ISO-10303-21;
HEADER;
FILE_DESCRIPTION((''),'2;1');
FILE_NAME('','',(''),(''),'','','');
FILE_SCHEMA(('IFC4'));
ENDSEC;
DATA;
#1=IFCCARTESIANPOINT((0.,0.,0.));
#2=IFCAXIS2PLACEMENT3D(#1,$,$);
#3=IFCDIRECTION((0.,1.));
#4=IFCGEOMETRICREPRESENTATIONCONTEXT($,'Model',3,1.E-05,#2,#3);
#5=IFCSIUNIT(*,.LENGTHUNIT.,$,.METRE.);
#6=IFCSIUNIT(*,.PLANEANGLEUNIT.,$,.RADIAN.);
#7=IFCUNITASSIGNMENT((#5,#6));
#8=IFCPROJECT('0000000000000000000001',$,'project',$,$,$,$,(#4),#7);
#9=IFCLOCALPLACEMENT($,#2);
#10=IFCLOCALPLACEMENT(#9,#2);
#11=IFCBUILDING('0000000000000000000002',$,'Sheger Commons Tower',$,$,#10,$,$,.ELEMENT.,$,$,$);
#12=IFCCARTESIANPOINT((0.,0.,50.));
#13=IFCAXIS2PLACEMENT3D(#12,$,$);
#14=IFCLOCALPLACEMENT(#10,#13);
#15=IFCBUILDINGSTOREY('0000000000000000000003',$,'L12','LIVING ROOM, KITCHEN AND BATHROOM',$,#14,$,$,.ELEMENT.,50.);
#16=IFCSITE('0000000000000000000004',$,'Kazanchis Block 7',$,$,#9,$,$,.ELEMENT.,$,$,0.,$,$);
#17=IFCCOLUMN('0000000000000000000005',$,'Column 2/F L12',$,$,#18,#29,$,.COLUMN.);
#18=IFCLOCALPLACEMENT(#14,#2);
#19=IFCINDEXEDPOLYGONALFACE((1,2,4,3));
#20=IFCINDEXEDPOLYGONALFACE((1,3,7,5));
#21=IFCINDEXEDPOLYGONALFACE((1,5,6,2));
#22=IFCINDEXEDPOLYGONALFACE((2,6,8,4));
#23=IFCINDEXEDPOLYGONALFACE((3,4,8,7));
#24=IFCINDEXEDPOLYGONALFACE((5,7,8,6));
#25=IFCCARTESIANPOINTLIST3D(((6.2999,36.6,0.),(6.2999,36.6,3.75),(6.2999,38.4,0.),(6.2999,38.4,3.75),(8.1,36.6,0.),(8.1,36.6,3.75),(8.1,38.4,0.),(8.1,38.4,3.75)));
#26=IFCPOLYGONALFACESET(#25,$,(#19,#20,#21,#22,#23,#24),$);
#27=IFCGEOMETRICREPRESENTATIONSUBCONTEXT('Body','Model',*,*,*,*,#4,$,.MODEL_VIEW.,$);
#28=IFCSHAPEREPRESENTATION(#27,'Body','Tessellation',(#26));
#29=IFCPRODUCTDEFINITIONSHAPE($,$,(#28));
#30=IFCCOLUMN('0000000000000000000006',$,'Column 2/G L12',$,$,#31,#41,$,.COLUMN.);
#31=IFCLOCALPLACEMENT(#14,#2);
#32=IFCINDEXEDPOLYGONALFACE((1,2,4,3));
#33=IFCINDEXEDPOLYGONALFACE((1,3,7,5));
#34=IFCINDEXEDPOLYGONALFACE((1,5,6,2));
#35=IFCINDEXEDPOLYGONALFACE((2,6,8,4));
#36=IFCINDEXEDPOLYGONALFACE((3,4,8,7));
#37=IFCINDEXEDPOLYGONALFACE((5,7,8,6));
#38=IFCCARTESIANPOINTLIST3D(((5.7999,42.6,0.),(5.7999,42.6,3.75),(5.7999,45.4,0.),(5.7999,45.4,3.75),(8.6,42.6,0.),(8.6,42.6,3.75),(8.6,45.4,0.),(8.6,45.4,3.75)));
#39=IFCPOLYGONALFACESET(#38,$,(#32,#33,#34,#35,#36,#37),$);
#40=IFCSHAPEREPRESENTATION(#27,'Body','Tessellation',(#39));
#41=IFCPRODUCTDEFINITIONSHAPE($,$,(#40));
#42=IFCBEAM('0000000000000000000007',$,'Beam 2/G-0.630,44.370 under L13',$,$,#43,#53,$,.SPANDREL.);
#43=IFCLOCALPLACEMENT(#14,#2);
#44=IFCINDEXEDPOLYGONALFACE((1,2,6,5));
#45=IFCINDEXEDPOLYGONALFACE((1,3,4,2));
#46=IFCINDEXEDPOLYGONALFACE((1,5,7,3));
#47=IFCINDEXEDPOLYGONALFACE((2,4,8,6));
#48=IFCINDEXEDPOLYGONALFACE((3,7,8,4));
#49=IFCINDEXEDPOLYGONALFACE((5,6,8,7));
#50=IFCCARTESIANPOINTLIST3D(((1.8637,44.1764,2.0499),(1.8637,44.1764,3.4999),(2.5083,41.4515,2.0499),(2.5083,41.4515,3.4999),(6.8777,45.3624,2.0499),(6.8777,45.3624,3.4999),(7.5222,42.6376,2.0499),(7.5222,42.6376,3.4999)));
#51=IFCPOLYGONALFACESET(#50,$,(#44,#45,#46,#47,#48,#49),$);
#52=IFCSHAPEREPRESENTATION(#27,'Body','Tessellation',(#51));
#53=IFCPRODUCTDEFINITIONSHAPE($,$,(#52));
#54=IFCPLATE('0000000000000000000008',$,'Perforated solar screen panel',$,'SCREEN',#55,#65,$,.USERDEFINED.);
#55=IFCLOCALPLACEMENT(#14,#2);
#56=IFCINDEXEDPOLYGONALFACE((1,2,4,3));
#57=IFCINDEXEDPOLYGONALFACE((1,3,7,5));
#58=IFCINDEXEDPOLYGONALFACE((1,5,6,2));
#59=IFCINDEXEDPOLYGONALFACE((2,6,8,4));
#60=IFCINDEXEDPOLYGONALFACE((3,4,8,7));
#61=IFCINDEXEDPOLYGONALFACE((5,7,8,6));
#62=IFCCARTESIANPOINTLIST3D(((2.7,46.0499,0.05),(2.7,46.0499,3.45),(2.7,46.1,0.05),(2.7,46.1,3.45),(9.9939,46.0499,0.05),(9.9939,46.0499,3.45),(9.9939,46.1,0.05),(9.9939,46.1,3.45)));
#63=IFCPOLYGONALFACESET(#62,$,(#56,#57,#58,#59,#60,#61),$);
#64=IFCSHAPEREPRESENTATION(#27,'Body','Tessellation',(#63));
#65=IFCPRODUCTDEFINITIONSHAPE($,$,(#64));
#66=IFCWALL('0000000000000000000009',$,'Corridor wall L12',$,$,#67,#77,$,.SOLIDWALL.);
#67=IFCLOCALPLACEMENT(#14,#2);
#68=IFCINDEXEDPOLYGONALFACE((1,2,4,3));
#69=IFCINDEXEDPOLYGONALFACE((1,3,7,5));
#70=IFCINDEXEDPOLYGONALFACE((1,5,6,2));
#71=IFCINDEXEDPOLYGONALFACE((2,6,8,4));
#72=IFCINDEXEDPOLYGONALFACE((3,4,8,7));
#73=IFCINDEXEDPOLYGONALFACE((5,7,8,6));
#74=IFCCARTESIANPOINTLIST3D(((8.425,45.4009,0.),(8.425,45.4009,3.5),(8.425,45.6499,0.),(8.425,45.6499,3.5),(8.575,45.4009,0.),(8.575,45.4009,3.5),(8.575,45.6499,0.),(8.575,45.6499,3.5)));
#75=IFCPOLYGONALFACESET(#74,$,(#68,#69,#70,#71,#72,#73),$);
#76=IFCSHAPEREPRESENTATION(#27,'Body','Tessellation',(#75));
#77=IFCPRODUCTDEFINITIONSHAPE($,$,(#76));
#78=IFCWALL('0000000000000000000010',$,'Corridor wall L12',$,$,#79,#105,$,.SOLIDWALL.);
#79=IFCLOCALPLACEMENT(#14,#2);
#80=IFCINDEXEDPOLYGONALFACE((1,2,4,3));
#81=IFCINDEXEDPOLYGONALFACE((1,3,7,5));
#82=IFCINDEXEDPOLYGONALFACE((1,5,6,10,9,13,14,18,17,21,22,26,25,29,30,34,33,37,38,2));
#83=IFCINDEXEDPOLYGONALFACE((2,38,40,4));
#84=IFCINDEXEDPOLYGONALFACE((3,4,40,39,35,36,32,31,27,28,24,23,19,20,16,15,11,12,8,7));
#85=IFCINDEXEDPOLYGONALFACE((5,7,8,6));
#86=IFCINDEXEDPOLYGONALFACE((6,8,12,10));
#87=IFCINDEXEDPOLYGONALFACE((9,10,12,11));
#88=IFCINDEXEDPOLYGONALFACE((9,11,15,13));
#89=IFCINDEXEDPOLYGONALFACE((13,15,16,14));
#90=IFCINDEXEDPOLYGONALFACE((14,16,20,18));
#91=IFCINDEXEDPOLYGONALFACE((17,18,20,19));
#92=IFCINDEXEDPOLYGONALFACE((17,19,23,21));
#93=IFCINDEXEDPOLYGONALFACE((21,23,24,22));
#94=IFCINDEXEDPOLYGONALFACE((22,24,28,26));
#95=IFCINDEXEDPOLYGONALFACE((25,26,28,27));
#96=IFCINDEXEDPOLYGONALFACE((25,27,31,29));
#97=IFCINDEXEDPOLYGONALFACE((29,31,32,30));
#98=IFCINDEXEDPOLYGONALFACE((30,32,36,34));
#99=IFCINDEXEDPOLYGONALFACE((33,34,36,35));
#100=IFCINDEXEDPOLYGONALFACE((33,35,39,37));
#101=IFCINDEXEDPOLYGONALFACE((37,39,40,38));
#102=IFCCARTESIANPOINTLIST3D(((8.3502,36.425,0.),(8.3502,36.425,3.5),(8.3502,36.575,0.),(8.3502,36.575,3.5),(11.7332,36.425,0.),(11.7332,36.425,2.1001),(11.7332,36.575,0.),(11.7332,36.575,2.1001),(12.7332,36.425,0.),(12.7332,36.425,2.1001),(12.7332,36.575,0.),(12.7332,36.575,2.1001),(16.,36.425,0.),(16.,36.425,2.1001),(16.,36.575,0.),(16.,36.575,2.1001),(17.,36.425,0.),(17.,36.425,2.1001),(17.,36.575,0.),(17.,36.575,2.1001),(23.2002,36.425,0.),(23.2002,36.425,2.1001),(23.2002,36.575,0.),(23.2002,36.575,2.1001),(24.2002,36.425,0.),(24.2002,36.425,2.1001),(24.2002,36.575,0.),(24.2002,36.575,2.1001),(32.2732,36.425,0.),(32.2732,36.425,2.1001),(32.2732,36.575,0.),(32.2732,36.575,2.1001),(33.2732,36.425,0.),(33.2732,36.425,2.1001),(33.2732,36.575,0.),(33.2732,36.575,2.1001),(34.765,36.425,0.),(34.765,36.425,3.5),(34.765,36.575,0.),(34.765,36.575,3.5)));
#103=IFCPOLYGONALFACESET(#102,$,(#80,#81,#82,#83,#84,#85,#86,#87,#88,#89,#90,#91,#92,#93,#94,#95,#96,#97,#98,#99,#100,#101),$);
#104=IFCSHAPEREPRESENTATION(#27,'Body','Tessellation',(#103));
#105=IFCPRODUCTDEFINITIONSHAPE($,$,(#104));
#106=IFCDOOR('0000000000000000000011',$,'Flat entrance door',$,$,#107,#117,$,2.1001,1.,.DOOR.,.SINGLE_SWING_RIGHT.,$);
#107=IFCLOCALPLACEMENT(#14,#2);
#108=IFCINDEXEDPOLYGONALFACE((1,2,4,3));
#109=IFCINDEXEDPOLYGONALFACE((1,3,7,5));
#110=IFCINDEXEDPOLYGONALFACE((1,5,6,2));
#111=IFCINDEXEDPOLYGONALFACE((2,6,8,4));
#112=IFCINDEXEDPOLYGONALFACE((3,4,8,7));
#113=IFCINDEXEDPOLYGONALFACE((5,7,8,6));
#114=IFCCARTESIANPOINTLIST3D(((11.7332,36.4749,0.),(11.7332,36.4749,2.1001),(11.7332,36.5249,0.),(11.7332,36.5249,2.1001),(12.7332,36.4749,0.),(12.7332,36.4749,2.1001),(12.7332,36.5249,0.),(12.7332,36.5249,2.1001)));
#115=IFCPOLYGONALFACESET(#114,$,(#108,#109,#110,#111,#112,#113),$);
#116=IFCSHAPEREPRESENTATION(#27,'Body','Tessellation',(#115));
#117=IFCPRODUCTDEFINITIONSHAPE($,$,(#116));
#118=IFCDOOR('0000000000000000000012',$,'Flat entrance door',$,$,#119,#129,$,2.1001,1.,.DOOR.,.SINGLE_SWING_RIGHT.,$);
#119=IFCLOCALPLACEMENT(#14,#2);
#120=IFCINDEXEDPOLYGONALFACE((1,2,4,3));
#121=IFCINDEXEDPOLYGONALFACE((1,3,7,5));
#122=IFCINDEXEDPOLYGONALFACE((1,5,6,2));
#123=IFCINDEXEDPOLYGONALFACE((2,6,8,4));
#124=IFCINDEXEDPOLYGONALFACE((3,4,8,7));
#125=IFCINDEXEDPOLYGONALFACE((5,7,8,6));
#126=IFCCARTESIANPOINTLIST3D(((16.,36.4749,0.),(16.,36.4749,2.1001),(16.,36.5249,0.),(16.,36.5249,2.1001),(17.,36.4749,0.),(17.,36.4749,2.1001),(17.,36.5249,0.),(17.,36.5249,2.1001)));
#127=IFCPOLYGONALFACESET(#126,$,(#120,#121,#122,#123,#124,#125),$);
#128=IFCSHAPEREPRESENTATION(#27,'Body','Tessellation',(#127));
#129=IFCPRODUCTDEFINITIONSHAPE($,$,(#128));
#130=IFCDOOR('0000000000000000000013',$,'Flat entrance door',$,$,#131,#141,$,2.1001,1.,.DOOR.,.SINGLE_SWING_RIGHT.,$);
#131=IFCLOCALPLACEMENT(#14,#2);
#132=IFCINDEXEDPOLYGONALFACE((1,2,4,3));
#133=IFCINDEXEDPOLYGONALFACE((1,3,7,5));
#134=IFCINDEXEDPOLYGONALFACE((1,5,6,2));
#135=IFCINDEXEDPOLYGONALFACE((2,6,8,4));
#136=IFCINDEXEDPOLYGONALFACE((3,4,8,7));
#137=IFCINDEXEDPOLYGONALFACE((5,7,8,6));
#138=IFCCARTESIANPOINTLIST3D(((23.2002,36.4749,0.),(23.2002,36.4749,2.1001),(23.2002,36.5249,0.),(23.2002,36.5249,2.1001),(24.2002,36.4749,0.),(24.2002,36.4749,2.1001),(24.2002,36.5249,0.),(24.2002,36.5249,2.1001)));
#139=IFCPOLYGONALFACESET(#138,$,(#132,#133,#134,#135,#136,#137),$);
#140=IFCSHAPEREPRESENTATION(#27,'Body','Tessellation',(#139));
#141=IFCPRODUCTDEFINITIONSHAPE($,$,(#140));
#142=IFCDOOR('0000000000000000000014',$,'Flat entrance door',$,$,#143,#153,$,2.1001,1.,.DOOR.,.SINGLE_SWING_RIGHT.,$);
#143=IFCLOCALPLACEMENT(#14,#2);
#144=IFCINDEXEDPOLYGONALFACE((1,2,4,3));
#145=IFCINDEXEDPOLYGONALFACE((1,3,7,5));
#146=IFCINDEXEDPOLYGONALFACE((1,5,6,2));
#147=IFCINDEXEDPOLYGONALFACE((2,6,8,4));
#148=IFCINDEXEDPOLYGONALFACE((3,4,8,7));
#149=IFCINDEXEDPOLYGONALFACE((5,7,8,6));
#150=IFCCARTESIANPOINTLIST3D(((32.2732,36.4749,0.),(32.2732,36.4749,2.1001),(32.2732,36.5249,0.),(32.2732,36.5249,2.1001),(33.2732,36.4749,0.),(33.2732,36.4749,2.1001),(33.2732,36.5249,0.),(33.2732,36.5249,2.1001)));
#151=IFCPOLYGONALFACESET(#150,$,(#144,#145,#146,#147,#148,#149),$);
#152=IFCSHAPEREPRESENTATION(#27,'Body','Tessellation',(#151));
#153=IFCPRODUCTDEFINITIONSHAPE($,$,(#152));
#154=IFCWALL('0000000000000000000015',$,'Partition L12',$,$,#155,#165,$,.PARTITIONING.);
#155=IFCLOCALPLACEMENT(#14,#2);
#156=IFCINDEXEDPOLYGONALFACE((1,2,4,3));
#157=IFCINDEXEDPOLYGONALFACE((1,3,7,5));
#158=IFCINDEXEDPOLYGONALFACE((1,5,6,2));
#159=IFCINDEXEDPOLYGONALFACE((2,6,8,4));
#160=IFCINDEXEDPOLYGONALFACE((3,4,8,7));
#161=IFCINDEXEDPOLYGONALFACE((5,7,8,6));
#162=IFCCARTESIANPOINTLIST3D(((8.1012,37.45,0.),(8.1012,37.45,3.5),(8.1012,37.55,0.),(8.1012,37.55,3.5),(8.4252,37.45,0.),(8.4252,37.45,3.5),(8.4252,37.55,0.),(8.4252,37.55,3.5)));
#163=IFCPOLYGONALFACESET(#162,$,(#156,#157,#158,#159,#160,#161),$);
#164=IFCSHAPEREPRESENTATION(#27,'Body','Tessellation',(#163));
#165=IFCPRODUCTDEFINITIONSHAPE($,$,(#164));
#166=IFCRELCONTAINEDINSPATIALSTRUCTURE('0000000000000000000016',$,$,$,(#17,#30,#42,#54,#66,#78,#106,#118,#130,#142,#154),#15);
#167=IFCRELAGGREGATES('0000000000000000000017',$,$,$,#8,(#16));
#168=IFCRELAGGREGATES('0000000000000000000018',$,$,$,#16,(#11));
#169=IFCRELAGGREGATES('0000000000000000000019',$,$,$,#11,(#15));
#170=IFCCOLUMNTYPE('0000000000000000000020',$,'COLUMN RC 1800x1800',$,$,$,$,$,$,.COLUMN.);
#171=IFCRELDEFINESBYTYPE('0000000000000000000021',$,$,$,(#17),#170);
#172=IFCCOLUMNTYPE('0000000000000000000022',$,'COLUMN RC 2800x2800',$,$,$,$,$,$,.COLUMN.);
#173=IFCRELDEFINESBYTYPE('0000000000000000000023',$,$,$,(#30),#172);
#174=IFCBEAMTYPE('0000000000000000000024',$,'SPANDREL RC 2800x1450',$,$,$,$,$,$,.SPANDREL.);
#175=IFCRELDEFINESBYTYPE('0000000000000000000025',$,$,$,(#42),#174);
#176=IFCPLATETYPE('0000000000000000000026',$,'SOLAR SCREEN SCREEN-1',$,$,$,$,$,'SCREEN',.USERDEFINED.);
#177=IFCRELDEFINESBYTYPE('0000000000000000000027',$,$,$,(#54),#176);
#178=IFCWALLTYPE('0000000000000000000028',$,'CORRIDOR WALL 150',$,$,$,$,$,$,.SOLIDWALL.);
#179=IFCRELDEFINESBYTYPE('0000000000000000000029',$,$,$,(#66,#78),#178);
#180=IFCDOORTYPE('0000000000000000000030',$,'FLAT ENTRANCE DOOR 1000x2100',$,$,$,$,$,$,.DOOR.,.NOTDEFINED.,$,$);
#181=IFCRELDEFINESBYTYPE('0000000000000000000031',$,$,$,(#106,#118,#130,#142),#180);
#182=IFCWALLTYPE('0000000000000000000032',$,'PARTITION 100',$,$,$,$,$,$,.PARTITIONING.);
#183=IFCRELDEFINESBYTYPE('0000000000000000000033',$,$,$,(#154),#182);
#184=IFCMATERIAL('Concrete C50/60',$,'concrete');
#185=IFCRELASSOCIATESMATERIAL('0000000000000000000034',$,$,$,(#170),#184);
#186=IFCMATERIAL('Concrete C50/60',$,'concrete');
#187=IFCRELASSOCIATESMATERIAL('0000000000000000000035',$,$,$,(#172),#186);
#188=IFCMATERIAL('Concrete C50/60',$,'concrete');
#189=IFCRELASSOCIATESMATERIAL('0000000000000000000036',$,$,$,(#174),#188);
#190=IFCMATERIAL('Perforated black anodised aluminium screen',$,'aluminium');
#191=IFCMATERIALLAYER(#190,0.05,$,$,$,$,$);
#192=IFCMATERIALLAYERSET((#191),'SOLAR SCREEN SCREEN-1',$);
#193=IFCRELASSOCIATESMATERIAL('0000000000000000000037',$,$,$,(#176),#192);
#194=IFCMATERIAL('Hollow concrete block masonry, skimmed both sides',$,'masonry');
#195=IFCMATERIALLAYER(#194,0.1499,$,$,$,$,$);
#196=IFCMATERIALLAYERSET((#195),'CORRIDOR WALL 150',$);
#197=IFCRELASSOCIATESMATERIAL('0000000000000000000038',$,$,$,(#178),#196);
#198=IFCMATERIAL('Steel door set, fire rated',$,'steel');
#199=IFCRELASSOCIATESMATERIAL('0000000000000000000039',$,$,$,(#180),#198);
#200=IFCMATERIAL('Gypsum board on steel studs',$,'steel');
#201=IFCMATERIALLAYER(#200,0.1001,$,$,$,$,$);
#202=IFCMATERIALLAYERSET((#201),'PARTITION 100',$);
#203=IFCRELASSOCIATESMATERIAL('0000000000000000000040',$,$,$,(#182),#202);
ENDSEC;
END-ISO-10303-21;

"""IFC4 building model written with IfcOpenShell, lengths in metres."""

from ifc_helpers import new_model, si_unit, direction, frame, frame_2d, origin, origin_2d, place, context, subcontext, project, spatial, rectangle, extrude, material, layer, layer_set, material_profile, profile_set, type_object, element, fill, save


model = new_model("IFC4")

# Units and contexts
model_context = context("Model", 3, precision=1e-05, world=origin(), true_north=direction((0.0, 1.0)))
body_context = subcontext(model_context, "Body", "Model", "MODEL_VIEW")
ifc_project = project(units=[si_unit("LENGTHUNIT", "METRE"), si_unit("PLANEANGLEUNIT", "RADIAN")], contexts=[model_context])

# Site, building, storey
site_placement = place(None, origin())
site = spatial("IfcSite", under=ifc_project, at=site_placement, Name="Kazanchis Block 7", CompositionType="ELEMENT", RefElevation=0.0)
building_placement = place(site_placement, origin())
building = spatial("IfcBuilding", under=site, at=building_placement, Name="Sheger Commons Tower", CompositionType="ELEMENT")
storey_placement = place(building_placement, frame((0.0, 0.0, 50.0)))
storey = spatial("IfcBuildingStorey", under=building, at=storey_placement, Name="L12", Description="LIVING ROOM, KITCHEN AND BATHROOM", CompositionType="ELEMENT", Elevation=50.0)

# Columns
ifc_material_1 = material(Name="Concrete C50/60", Category="concrete")
ifc_material_profile_1 = material_profile(ifc_material_1, rectangle(XDim=1.8, YDim=1.8, at=origin_2d()), Name="RC 1800x1800")
ifc_profile_set_1 = profile_set([ifc_material_profile_1], Name="Concrete C50/60")
column_type_1 = type_object("IfcColumnType", Name="COLUMN RC 1800x1800", PredefinedType="COLUMN", material=ifc_profile_set_1)
column_1_placement = place(storey_placement, frame((7.2, 37.5, 0.0), z_axis=(0.0, 0.0, 1.0), x_axis=(1.0, 0.0, 0.0)))
element("IfcColumn", 1, at=column_1_placement, inside=storey, type_object=column_type_1, Name="Column 2/F L12", PredefinedType="COLUMN", context=body_context, shape_type="SweptSolid", body=[
    extrude(rectangle(XDim=1.8, YDim=1.8, at=origin_2d()), origin(), (0.0, 0.0, 1.0), 3.75),
])
ifc_material_2 = material(Name="Concrete C50/60", Category="concrete")
ifc_material_profile_2 = material_profile(ifc_material_2, rectangle(XDim=2.8, YDim=2.8, at=origin_2d()), Name="RC 2800x2800")
ifc_profile_set_2 = profile_set([ifc_material_profile_2], Name="Concrete C50/60")
column_type_2 = type_object("IfcColumnType", Name="COLUMN RC 2800x2800", PredefinedType="COLUMN", material=ifc_profile_set_2)
column_2_placement = place(storey_placement, frame((7.2, 44.0, 0.0), z_axis=(0.0, 0.0, 1.0), x_axis=(1.0, 0.0, 0.0)))
element("IfcColumn", 2, at=column_2_placement, inside=storey, type_object=column_type_2, Name="Column 2/G L12", PredefinedType="COLUMN", context=body_context, shape_type="SweptSolid", body=[
    extrude(rectangle(XDim=2.8, YDim=2.8, at=origin_2d()), origin(), (0.0, 0.0, 1.0), 3.75),
])

# Beam
ifc_material_3 = material(Name="Concrete C50/60", Category="concrete")
ifc_material_profile_3 = material_profile(ifc_material_3, rectangle(XDim=2.8, YDim=1.45, at=origin_2d()), Name="RC 2800x1450")
ifc_profile_set_3 = profile_set([ifc_material_profile_3], Name="Concrete C50/60")
beam_type = type_object("IfcBeamType", Name="SPANDREL RC 2800x1450", PredefinedType="SPANDREL", material=ifc_profile_set_3)
beam_placement = place(storey_placement, frame((7.2, 44.0, 2.7749), z_axis=(-0.973144, -0.230196, 0.0), x_axis=(0.230196, -0.973144, 0.0)))
element("IfcBeam", 3, at=beam_placement, inside=storey, type_object=beam_type, Name="Beam 2/G-0.630,44.370 under L13", PredefinedType="SPANDREL", context=body_context, shape_type="SweptSolid", body=[
    extrude(rectangle(XDim=2.8, YDim=1.45, at=origin_2d()), origin(), (0.0, 0.0, 1.0), 5.1523),
])

# Plate
ifc_material_4 = material(Name="Perforated black anodised aluminium screen", Category="aluminium")
ifc_layer_1 = layer(ifc_material_4, 0.05)
ifc_layer_set_1 = layer_set([ifc_layer_1], Name="SOLAR SCREEN SCREEN-1")
plate_type = type_object("IfcPlateType", Name="SOLAR SCREEN SCREEN-1", ElementType="SCREEN", PredefinedType="USERDEFINED", material=ifc_layer_set_1)
plate_placement = place(storey_placement, frame((6.3469, 46.075, 0.05), z_axis=(0.0, 0.0, 1.0), x_axis=(-1.0, 0.0, 0.0)))
element("IfcPlate", 4, at=plate_placement, inside=storey, type_object=plate_type, Name="Perforated solar screen panel", ObjectType="SCREEN", PredefinedType="USERDEFINED", context=body_context, shape_type="SweptSolid", body=[
    extrude(rectangle(XDim=7.2939, YDim=0.05, at=origin_2d()), origin(), (0.0, 0.0, 1.0), 3.3999),
])

# Wall
ifc_material_5 = material(Name="Hollow concrete block masonry, skimmed both sides", Category="masonry")
ifc_layer_2 = layer(ifc_material_5, 0.1499)
ifc_layer_set_2 = layer_set([ifc_layer_2], Name="CORRIDOR WALL 150")
wall_type_1 = type_object("IfcWallType", Name="CORRIDOR WALL 150", PredefinedType="SOLIDWALL", material=ifc_layer_set_2)
wall_1_placement = place(storey_placement, frame((8.5, 45.4009, 0.0), z_axis=(0.0, 0.0, 1.0), x_axis=(0.0, 1.0, 0.0)))
element("IfcWall", 5, at=wall_1_placement, inside=storey, type_object=wall_type_1, Name="Corridor wall L12", PredefinedType="SOLIDWALL", context=body_context, shape_type="SweptSolid", body=[
    extrude(rectangle(XDim=0.249, YDim=0.1499, at=frame_2d((0.1245, 0.0))), origin(), (0.0, 0.0, 1.0), 3.5),
])

# Wall, openings, doors
wall_2_placement = place(storey_placement, frame((8.3501, 36.5, 0.0), z_axis=(0.0, 0.0, 1.0), x_axis=(1.0, 0.0, 0.0)))
wall_2 = element("IfcWall", 6, at=wall_2_placement, inside=storey, type_object=wall_type_1, Name="Corridor wall L12", PredefinedType="SOLIDWALL", context=body_context, shape_type="SweptSolid", body=[
    extrude(rectangle(XDim=26.4148, YDim=0.1499, at=frame_2d((13.2075, 0.0))), origin(), (0.0, 0.0, 1.0), 3.5),
])
opening_1_placement = place(wall_2_placement, frame((3.3831, 0.0, 0.0)))
opening_1 = element("IfcOpeningElement", 7, at=opening_1_placement, cuts=wall_2, PredefinedType="OPENING", context=body_context, shape_type="SweptSolid", body=[
    extrude(rectangle(XDim=1.0, YDim=2.1001, at=frame_2d((0.5, 1.05))), frame((0.0, 0.085, 0.0), z_axis=(0.0, -1.0, 0.0), x_axis=(1.0, 0.0, 0.0)), (0.0, 0.0, 1.0), 0.1699),
])
opening_2_placement = place(wall_2_placement, frame((7.6499, 0.0, 0.0)))
opening_2 = element("IfcOpeningElement", 8, at=opening_2_placement, cuts=wall_2, PredefinedType="OPENING", context=body_context, shape_type="SweptSolid", body=[
    extrude(rectangle(XDim=1.0, YDim=2.1001, at=frame_2d((0.5, 1.05))), frame((0.0, 0.085, 0.0), z_axis=(0.0, -1.0, 0.0), x_axis=(1.0, 0.0, 0.0)), (0.0, 0.0, 1.0), 0.1699),
])
opening_3_placement = place(wall_2_placement, frame((14.8501, 0.0, 0.0)))
opening_3 = element("IfcOpeningElement", 9, at=opening_3_placement, cuts=wall_2, PredefinedType="OPENING", context=body_context, shape_type="SweptSolid", body=[
    extrude(rectangle(XDim=1.0, YDim=2.1001, at=frame_2d((0.5, 1.05))), frame((0.0, 0.085, 0.0), z_axis=(0.0, -1.0, 0.0), x_axis=(1.0, 0.0, 0.0)), (0.0, 0.0, 1.0), 0.1699),
])
opening_4_placement = place(wall_2_placement, frame((23.9231, 0.0, 0.0)))
opening_4 = element("IfcOpeningElement", 10, at=opening_4_placement, cuts=wall_2, PredefinedType="OPENING", context=body_context, shape_type="SweptSolid", body=[
    extrude(rectangle(XDim=1.0, YDim=2.1001, at=frame_2d((0.5, 1.05))), frame((0.0, 0.085, 0.0), z_axis=(0.0, -1.0, 0.0), x_axis=(1.0, 0.0, 0.0)), (0.0, 0.0, 1.0), 0.1699),
])
ifc_material_6 = material(Name="Steel door set, fire rated", Category="steel")
door_type_1 = type_object("IfcDoorType", Name="FLAT ENTRANCE DOOR 1000x2100", OperationType="NOTDEFINED", PredefinedType="DOOR", material=ifc_material_6)
door_1_placement = place(opening_1_placement, origin())
door_1 = element("IfcDoor", 11, at=door_1_placement, inside=storey, type_object=door_type_1, Name="Flat entrance door", OperationType="SINGLE_SWING_RIGHT", OverallHeight=2.1001, OverallWidth=1.0, PredefinedType="DOOR", context=body_context, shape_type="SweptSolid", body=[
    extrude(rectangle(XDim=1.0, YDim=2.1001, at=frame_2d((0.5, 1.05))), frame((0.0, 0.0249, 0.0), z_axis=(0.0, -1.0, 0.0), x_axis=(1.0, 0.0, 0.0)), (0.0, 0.0, 1.0), 0.05),
])
fill(opening_1, door_1)
door_2_placement = place(opening_2_placement, origin())
door_2 = element("IfcDoor", 12, at=door_2_placement, inside=storey, type_object=door_type_1, Name="Flat entrance door", OperationType="SINGLE_SWING_RIGHT", OverallHeight=2.1001, OverallWidth=1.0, PredefinedType="DOOR", context=body_context, shape_type="SweptSolid", body=[
    extrude(rectangle(XDim=1.0, YDim=2.1001, at=frame_2d((0.5, 1.05))), frame((0.0, 0.0249, 0.0), z_axis=(0.0, -1.0, 0.0), x_axis=(1.0, 0.0, 0.0)), (0.0, 0.0, 1.0), 0.05),
])
fill(opening_2, door_2)
door_3_placement = place(opening_3_placement, origin())
door_3 = element("IfcDoor", 13, at=door_3_placement, inside=storey, type_object=door_type_1, Name="Flat entrance door", OperationType="SINGLE_SWING_RIGHT", OverallHeight=2.1001, OverallWidth=1.0, PredefinedType="DOOR", context=body_context, shape_type="SweptSolid", body=[
    extrude(rectangle(XDim=1.0, YDim=2.1001, at=frame_2d((0.5, 1.05))), frame((0.0, 0.0249, 0.0), z_axis=(0.0, -1.0, 0.0), x_axis=(1.0, 0.0, 0.0)), (0.0, 0.0, 1.0), 0.05),
])
fill(opening_3, door_3)
door_4_placement = place(opening_4_placement, origin())
door_4 = element("IfcDoor", 14, at=door_4_placement, inside=storey, type_object=door_type_1, Name="Flat entrance door", OperationType="SINGLE_SWING_RIGHT", OverallHeight=2.1001, OverallWidth=1.0, PredefinedType="DOOR", context=body_context, shape_type="SweptSolid", body=[
    extrude(rectangle(XDim=1.0, YDim=2.1001, at=frame_2d((0.5, 1.05))), frame((0.0, 0.0249, 0.0), z_axis=(0.0, -1.0, 0.0), x_axis=(1.0, 0.0, 0.0)), (0.0, 0.0, 1.0), 0.05),
])
fill(opening_4, door_4)

# Wall
ifc_material_7 = material(Name="Gypsum board on steel studs", Category="steel")
ifc_layer_3 = layer(ifc_material_7, 0.1001)
ifc_layer_set_3 = layer_set([ifc_layer_3], Name="PARTITION 100")
wall_type_2 = type_object("IfcWallType", Name="PARTITION 100", PredefinedType="PARTITIONING", material=ifc_layer_set_3)
wall_3_placement = place(storey_placement, frame((8.1011, 37.5, 0.0), z_axis=(0.0, 0.0, 1.0), x_axis=(1.0, 0.0, 0.0)))
element("IfcWall", 15, at=wall_3_placement, inside=storey, type_object=wall_type_2, Name="Partition L12", PredefinedType="PARTITIONING", context=body_context, shape_type="SweptSolid", body=[
    extrude(rectangle(XDim=0.324, YDim=0.1001, at=frame_2d((0.1621, 0.0))), origin(), (0.0, 0.0, 1.0), 3.5),
])

save(model, "model.ifc")
